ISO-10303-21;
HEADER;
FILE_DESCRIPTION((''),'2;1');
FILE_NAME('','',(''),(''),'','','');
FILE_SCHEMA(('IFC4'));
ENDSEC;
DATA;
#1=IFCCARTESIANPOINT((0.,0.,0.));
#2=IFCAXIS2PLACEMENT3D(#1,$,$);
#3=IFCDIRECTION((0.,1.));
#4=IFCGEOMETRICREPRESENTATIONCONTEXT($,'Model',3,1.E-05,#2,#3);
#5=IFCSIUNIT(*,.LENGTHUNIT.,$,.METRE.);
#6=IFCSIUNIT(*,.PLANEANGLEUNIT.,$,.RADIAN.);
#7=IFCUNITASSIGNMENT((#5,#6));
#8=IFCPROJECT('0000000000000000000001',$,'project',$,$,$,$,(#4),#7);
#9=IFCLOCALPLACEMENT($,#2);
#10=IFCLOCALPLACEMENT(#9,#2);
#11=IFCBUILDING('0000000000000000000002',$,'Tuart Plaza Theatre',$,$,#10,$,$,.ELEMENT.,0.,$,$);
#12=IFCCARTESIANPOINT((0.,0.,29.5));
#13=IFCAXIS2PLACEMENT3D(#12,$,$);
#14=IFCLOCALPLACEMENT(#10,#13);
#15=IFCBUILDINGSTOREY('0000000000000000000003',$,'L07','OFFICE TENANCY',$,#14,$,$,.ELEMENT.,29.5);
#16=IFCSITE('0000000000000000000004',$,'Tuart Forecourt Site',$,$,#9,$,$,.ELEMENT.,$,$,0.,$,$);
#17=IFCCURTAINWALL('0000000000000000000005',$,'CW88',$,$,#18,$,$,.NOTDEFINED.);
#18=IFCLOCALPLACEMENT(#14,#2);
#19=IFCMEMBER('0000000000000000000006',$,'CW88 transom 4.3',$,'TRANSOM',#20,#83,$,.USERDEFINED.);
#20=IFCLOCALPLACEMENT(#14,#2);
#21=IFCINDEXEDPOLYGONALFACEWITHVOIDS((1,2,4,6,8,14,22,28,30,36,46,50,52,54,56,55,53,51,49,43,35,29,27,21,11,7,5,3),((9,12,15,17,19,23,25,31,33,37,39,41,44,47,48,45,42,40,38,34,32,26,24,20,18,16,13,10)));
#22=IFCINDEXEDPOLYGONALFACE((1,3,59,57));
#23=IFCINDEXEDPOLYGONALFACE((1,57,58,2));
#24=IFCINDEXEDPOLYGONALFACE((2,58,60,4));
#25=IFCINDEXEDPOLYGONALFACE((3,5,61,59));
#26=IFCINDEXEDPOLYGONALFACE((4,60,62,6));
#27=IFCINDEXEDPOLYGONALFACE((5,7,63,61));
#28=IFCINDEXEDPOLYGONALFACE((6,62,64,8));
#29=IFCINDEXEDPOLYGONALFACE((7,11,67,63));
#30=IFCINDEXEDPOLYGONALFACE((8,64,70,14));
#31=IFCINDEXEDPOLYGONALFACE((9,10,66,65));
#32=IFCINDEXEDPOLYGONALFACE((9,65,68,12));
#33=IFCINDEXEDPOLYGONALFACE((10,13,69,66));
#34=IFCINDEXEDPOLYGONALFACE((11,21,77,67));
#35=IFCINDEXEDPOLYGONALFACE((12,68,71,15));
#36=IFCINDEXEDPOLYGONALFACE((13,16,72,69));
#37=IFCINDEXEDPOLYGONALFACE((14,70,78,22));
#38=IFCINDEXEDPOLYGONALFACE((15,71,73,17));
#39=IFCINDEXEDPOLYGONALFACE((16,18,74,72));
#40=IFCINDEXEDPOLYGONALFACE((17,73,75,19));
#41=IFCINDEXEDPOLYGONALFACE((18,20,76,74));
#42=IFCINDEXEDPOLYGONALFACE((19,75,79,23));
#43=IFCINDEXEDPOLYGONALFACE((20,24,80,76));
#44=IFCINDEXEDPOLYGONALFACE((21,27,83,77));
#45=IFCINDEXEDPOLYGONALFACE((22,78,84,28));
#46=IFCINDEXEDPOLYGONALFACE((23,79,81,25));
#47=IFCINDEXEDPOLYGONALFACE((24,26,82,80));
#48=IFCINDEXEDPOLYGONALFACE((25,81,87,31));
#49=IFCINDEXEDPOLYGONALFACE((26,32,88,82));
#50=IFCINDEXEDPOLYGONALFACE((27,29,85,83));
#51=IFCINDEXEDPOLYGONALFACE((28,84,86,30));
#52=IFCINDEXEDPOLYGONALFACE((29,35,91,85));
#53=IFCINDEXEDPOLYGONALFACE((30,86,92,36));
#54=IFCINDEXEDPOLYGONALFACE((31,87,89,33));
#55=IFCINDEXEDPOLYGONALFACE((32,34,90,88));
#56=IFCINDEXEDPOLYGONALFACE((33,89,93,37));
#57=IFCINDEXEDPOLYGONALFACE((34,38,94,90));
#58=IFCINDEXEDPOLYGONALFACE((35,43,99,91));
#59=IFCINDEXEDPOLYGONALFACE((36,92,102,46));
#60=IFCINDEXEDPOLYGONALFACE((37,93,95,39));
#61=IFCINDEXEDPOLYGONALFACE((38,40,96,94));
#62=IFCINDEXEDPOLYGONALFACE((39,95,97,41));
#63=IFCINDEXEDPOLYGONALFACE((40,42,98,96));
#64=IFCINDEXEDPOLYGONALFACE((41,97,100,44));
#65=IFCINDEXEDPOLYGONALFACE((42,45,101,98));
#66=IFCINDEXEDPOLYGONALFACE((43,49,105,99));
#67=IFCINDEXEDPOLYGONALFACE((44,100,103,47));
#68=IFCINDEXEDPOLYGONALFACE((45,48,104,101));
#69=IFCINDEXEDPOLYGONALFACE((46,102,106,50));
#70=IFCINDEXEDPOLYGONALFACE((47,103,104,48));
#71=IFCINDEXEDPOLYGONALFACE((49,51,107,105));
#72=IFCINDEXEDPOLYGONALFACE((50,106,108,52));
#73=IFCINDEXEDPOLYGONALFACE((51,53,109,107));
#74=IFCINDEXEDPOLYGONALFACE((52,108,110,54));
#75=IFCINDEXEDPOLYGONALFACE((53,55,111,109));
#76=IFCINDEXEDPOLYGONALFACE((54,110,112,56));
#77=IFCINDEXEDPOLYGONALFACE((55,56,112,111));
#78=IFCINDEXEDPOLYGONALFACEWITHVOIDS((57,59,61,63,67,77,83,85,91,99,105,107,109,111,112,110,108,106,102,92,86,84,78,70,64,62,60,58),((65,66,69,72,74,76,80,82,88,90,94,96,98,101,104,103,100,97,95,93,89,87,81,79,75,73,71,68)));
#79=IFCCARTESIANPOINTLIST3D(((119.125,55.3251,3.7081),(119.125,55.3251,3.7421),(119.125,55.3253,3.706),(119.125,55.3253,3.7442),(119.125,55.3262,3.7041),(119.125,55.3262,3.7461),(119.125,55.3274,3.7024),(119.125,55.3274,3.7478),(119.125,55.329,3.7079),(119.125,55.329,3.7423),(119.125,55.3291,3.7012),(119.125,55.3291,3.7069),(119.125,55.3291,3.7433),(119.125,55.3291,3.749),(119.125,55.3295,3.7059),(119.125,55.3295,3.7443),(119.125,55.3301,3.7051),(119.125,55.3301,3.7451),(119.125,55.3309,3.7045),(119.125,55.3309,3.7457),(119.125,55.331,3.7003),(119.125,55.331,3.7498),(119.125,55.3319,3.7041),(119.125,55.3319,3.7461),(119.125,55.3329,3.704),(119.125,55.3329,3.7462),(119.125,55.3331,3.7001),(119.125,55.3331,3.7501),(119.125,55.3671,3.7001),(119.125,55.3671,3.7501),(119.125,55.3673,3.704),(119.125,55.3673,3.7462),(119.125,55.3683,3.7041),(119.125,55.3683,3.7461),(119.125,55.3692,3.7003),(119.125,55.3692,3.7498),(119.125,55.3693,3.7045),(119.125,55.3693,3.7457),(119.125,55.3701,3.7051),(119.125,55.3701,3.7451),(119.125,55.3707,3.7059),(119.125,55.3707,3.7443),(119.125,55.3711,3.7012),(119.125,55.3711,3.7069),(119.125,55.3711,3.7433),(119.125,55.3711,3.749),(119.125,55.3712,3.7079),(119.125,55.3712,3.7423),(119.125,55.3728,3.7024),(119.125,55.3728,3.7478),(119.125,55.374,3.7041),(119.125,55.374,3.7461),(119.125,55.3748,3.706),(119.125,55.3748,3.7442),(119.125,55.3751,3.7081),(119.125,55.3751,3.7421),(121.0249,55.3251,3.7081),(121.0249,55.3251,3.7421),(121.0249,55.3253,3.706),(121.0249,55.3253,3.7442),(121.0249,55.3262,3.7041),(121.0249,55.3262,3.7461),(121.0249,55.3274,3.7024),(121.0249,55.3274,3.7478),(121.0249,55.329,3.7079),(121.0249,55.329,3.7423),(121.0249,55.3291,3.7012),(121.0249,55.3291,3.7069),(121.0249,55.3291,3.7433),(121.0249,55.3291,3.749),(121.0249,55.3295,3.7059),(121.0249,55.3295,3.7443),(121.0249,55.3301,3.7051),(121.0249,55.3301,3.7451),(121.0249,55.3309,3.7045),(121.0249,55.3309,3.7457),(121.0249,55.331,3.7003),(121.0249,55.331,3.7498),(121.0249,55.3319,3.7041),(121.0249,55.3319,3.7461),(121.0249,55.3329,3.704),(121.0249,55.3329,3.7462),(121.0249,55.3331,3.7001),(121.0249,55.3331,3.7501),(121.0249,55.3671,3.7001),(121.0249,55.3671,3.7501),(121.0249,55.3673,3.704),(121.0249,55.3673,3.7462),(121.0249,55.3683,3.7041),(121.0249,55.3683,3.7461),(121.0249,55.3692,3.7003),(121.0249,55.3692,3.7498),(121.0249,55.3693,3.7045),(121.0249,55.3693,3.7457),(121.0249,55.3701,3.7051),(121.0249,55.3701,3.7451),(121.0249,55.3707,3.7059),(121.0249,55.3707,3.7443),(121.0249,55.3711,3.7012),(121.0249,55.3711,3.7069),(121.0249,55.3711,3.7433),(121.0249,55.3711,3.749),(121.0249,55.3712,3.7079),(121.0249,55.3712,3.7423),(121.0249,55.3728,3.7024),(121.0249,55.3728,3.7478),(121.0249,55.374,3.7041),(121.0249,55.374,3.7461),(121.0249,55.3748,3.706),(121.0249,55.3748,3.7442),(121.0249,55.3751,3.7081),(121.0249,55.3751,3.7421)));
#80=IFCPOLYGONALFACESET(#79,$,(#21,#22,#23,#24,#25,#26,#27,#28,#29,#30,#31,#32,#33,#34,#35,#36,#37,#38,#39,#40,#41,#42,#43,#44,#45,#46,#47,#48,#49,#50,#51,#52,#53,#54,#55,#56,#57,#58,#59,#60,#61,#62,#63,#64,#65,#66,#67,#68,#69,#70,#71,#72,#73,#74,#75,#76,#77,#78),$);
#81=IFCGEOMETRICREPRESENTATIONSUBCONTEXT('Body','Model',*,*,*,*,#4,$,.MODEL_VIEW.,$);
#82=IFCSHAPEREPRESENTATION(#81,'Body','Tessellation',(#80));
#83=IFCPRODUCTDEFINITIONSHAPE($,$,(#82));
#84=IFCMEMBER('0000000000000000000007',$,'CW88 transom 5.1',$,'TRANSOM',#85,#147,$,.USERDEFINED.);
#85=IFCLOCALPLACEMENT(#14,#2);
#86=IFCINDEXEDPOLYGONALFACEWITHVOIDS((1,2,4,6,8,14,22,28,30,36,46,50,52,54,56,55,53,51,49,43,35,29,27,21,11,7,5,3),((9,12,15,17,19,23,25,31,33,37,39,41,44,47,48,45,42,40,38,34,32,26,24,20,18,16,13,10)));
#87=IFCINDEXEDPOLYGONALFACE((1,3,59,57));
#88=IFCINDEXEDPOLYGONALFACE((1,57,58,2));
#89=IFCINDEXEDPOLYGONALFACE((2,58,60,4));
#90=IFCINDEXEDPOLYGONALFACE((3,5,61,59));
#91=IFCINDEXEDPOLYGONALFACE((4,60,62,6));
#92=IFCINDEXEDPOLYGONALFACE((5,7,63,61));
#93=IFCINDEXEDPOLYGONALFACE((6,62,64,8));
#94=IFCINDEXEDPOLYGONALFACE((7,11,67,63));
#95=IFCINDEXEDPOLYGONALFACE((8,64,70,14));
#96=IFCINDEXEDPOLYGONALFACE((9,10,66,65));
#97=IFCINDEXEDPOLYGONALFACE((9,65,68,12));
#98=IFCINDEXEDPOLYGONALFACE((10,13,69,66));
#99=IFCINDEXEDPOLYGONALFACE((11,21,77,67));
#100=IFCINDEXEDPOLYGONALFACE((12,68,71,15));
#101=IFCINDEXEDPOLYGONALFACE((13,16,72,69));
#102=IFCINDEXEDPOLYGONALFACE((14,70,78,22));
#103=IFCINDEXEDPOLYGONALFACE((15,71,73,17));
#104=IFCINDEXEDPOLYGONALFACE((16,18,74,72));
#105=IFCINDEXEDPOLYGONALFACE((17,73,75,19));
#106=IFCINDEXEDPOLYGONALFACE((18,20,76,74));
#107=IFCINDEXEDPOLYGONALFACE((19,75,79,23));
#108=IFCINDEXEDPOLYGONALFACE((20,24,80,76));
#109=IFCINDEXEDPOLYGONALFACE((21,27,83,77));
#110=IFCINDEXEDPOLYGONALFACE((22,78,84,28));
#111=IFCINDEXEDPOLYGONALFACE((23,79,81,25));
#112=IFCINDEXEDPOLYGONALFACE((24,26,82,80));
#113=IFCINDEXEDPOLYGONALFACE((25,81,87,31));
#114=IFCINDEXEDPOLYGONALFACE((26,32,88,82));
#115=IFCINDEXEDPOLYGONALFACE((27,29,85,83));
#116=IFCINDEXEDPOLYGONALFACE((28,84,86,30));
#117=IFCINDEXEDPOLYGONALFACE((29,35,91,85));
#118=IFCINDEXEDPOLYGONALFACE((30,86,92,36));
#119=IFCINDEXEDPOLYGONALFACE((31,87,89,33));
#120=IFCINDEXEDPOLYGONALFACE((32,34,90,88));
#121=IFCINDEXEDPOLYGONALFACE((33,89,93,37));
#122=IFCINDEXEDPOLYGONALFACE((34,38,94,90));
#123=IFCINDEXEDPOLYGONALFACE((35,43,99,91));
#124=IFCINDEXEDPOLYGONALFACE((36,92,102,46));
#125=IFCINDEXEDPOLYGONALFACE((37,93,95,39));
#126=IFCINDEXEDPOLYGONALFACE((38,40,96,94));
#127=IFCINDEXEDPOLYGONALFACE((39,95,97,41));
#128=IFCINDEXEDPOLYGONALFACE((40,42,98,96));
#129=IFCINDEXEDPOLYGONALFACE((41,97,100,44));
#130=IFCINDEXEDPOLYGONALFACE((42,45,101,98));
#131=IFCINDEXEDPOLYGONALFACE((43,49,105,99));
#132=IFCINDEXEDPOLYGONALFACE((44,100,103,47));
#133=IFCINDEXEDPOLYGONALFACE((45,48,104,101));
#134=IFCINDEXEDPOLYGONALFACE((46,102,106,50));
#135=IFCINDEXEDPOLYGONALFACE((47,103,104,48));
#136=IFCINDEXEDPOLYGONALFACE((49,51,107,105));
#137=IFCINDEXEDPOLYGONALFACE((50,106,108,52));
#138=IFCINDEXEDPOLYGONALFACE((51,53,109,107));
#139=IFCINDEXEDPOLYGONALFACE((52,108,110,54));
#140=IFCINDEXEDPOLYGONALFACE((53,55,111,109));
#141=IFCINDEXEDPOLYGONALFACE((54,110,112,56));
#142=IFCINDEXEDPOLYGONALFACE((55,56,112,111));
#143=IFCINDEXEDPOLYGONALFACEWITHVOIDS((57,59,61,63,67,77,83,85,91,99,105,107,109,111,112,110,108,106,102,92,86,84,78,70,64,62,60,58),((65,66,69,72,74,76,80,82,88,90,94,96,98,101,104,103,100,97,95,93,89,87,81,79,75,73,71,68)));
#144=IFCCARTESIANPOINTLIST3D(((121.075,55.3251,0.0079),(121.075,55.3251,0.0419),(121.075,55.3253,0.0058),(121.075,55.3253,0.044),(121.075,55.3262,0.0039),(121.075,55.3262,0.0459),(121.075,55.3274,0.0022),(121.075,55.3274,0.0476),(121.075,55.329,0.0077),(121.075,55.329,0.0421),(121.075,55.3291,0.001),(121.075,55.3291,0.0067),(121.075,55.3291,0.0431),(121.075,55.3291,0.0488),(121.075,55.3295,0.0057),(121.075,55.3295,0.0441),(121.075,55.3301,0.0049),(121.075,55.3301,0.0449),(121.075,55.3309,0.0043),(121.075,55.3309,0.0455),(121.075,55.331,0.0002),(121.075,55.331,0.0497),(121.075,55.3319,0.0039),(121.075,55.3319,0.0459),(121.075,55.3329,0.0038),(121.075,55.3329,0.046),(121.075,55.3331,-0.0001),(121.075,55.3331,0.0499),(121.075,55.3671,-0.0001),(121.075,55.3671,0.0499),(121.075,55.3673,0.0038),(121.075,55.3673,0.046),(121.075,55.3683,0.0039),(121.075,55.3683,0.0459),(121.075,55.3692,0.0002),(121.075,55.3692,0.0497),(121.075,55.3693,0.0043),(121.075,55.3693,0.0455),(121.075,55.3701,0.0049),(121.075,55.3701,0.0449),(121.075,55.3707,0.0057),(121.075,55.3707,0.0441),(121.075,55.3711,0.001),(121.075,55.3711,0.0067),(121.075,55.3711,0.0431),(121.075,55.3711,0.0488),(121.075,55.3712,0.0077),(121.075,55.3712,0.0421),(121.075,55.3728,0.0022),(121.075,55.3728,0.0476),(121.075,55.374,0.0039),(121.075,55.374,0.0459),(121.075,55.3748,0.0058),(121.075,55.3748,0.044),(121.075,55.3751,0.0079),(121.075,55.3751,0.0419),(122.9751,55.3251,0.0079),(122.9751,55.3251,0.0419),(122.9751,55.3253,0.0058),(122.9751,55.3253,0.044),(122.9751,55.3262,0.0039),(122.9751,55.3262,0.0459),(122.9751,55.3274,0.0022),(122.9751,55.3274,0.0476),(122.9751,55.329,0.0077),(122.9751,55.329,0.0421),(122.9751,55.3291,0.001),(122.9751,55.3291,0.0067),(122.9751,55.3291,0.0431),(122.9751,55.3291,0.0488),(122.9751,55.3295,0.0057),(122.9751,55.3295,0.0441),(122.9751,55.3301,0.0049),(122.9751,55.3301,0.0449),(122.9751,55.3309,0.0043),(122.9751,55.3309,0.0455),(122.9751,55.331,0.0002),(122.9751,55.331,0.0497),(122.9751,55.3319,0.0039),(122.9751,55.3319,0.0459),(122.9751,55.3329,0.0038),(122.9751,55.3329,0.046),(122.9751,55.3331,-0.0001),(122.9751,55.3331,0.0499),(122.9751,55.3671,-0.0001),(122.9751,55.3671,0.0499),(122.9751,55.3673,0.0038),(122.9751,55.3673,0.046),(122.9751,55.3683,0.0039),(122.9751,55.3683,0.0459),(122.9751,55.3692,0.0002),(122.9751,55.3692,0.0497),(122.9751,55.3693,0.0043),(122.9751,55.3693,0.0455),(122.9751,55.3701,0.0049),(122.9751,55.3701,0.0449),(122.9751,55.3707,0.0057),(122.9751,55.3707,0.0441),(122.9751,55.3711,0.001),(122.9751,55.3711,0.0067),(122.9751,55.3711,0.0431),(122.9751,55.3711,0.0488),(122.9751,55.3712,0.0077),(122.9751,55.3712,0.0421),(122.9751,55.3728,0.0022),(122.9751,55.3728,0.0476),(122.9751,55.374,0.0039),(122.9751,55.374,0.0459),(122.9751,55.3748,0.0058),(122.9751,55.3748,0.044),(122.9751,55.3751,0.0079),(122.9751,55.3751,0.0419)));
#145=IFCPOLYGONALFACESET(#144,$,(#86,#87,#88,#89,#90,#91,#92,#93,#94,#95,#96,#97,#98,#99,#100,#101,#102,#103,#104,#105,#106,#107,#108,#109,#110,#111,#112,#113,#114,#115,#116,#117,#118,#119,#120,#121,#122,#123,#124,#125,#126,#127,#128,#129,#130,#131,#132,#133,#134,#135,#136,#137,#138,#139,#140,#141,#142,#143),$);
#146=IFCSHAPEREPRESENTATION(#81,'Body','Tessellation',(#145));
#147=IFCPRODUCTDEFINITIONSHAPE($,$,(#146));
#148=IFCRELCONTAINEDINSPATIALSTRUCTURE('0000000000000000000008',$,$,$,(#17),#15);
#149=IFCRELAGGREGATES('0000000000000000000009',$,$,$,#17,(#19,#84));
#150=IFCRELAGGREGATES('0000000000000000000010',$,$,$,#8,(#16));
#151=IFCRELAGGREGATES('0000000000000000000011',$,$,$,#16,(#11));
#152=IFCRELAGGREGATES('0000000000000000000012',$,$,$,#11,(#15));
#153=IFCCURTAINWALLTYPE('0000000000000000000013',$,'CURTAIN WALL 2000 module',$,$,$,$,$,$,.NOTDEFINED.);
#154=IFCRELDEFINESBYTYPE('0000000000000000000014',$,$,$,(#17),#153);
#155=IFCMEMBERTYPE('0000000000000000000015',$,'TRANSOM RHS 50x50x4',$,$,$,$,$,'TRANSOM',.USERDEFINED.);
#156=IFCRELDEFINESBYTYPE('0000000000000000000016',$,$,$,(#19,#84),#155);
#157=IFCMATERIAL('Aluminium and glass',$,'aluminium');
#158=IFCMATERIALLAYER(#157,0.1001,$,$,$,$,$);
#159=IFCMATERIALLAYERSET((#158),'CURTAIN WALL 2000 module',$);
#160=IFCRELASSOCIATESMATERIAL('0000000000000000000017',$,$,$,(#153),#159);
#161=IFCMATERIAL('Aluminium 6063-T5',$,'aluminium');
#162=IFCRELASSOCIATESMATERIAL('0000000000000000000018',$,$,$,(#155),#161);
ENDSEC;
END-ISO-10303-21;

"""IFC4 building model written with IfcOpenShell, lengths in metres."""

from ifc_helpers import new_model, si_unit, direction, frame, origin, origin_2d, place, context, subcontext, project, spatial, hollow_rectangle, extrude, material, layer, layer_set, material_profile, profile_set, type_object, element, aggregate, save


model = new_model("IFC4")

# Units and contexts
model_context = context("Model", 3, precision=1e-05, world=origin(), true_north=direction((0.0, 1.0)))
body_context = subcontext(model_context, "Body", "Model", "MODEL_VIEW")
ifc_project = project(units=[si_unit("LENGTHUNIT", "METRE"), si_unit("PLANEANGLEUNIT", "RADIAN")], contexts=[model_context])

# Site, building, storey
site_placement = place(None, origin())
site = spatial("IfcSite", under=ifc_project, at=site_placement, Name="Tuart Forecourt Site", CompositionType="ELEMENT", RefElevation=0.0)
building_placement = place(site_placement, origin())
building = spatial("IfcBuilding", under=site, at=building_placement, Name="Tuart Plaza Theatre", CompositionType="ELEMENT", ElevationOfRefHeight=0.0)
storey_placement = place(building_placement, frame((0.0, 0.0, 29.5)))
storey = spatial("IfcBuildingStorey", under=building, at=storey_placement, Name="L07", Description="OFFICE TENANCY", CompositionType="ELEMENT", Elevation=29.5)

# Curtain wall, members
ifc_material_1 = material(Name="Aluminium and glass", Category="aluminium")
ifc_layer_1 = layer(ifc_material_1, 0.1001)
ifc_layer_set_1 = layer_set([ifc_layer_1], Name="CURTAIN WALL 2000 module")
curtain_wall_type = type_object("IfcCurtainWallType", Name="CURTAIN WALL 2000 module", PredefinedType="NOTDEFINED", material=ifc_layer_set_1)
curtain_wall_placement = place(storey_placement, origin())
curtain_wall = element("IfcCurtainWall", 1, at=curtain_wall_placement, inside=storey, type_object=curtain_wall_type, Name="CW88", PredefinedType="NOTDEFINED")
ifc_material_2 = material(Name="Aluminium 6063-T5", Category="aluminium")
ifc_material_profile_1 = material_profile(ifc_material_2, hollow_rectangle(XDim=0.05, YDim=0.05, WallThickness=0.0039, InnerFilletRadius=0.0039, OuterFilletRadius=0.0081, at=origin_2d()), Name="RHS 50x50x4")
ifc_profile_set_1 = profile_set([ifc_material_profile_1], Name="Aluminium 6063-T5")
member_type_1 = type_object("IfcMemberType", Name="TRANSOM RHS 50x50x4", ElementType="TRANSOM", PredefinedType="USERDEFINED", material=ifc_profile_set_1)
member_1_placement = place(storey_placement, frame((119.125, 55.3501, 3.7251), z_axis=(1.0, 0.0, 0.0), x_axis=(0.0, 1.0, 0.0)))
member_1 = element("IfcMember", 2, at=member_1_placement, type_object=member_type_1, Name="CW88 transom 4.3", ObjectType="TRANSOM", PredefinedType="USERDEFINED", context=body_context, shape_type="SweptSolid", body=[
    extrude(hollow_rectangle(XDim=0.05, YDim=0.05, WallThickness=0.0039, InnerFilletRadius=0.0039, OuterFilletRadius=0.0081, at=origin_2d()), origin(), (0.0, 0.0, 1.0), 1.8999),
])
member_2_placement = place(storey_placement, frame((121.075, 55.3501, 0.0249), z_axis=(1.0, 0.0, 0.0), x_axis=(0.0, 1.0, 0.0)))
member_2 = element("IfcMember", 3, at=member_2_placement, type_object=member_type_1, Name="CW88 transom 5.1", ObjectType="TRANSOM", PredefinedType="USERDEFINED", context=body_context, shape_type="SweptSolid", body=[
    extrude(hollow_rectangle(XDim=0.05, YDim=0.05, WallThickness=0.0039, InnerFilletRadius=0.0039, OuterFilletRadius=0.0081, at=origin_2d()), origin(), (0.0, 0.0, 1.0), 1.9001),
])
aggregate(curtain_wall, [member_1, member_2])

save(model, "model.ifc")
